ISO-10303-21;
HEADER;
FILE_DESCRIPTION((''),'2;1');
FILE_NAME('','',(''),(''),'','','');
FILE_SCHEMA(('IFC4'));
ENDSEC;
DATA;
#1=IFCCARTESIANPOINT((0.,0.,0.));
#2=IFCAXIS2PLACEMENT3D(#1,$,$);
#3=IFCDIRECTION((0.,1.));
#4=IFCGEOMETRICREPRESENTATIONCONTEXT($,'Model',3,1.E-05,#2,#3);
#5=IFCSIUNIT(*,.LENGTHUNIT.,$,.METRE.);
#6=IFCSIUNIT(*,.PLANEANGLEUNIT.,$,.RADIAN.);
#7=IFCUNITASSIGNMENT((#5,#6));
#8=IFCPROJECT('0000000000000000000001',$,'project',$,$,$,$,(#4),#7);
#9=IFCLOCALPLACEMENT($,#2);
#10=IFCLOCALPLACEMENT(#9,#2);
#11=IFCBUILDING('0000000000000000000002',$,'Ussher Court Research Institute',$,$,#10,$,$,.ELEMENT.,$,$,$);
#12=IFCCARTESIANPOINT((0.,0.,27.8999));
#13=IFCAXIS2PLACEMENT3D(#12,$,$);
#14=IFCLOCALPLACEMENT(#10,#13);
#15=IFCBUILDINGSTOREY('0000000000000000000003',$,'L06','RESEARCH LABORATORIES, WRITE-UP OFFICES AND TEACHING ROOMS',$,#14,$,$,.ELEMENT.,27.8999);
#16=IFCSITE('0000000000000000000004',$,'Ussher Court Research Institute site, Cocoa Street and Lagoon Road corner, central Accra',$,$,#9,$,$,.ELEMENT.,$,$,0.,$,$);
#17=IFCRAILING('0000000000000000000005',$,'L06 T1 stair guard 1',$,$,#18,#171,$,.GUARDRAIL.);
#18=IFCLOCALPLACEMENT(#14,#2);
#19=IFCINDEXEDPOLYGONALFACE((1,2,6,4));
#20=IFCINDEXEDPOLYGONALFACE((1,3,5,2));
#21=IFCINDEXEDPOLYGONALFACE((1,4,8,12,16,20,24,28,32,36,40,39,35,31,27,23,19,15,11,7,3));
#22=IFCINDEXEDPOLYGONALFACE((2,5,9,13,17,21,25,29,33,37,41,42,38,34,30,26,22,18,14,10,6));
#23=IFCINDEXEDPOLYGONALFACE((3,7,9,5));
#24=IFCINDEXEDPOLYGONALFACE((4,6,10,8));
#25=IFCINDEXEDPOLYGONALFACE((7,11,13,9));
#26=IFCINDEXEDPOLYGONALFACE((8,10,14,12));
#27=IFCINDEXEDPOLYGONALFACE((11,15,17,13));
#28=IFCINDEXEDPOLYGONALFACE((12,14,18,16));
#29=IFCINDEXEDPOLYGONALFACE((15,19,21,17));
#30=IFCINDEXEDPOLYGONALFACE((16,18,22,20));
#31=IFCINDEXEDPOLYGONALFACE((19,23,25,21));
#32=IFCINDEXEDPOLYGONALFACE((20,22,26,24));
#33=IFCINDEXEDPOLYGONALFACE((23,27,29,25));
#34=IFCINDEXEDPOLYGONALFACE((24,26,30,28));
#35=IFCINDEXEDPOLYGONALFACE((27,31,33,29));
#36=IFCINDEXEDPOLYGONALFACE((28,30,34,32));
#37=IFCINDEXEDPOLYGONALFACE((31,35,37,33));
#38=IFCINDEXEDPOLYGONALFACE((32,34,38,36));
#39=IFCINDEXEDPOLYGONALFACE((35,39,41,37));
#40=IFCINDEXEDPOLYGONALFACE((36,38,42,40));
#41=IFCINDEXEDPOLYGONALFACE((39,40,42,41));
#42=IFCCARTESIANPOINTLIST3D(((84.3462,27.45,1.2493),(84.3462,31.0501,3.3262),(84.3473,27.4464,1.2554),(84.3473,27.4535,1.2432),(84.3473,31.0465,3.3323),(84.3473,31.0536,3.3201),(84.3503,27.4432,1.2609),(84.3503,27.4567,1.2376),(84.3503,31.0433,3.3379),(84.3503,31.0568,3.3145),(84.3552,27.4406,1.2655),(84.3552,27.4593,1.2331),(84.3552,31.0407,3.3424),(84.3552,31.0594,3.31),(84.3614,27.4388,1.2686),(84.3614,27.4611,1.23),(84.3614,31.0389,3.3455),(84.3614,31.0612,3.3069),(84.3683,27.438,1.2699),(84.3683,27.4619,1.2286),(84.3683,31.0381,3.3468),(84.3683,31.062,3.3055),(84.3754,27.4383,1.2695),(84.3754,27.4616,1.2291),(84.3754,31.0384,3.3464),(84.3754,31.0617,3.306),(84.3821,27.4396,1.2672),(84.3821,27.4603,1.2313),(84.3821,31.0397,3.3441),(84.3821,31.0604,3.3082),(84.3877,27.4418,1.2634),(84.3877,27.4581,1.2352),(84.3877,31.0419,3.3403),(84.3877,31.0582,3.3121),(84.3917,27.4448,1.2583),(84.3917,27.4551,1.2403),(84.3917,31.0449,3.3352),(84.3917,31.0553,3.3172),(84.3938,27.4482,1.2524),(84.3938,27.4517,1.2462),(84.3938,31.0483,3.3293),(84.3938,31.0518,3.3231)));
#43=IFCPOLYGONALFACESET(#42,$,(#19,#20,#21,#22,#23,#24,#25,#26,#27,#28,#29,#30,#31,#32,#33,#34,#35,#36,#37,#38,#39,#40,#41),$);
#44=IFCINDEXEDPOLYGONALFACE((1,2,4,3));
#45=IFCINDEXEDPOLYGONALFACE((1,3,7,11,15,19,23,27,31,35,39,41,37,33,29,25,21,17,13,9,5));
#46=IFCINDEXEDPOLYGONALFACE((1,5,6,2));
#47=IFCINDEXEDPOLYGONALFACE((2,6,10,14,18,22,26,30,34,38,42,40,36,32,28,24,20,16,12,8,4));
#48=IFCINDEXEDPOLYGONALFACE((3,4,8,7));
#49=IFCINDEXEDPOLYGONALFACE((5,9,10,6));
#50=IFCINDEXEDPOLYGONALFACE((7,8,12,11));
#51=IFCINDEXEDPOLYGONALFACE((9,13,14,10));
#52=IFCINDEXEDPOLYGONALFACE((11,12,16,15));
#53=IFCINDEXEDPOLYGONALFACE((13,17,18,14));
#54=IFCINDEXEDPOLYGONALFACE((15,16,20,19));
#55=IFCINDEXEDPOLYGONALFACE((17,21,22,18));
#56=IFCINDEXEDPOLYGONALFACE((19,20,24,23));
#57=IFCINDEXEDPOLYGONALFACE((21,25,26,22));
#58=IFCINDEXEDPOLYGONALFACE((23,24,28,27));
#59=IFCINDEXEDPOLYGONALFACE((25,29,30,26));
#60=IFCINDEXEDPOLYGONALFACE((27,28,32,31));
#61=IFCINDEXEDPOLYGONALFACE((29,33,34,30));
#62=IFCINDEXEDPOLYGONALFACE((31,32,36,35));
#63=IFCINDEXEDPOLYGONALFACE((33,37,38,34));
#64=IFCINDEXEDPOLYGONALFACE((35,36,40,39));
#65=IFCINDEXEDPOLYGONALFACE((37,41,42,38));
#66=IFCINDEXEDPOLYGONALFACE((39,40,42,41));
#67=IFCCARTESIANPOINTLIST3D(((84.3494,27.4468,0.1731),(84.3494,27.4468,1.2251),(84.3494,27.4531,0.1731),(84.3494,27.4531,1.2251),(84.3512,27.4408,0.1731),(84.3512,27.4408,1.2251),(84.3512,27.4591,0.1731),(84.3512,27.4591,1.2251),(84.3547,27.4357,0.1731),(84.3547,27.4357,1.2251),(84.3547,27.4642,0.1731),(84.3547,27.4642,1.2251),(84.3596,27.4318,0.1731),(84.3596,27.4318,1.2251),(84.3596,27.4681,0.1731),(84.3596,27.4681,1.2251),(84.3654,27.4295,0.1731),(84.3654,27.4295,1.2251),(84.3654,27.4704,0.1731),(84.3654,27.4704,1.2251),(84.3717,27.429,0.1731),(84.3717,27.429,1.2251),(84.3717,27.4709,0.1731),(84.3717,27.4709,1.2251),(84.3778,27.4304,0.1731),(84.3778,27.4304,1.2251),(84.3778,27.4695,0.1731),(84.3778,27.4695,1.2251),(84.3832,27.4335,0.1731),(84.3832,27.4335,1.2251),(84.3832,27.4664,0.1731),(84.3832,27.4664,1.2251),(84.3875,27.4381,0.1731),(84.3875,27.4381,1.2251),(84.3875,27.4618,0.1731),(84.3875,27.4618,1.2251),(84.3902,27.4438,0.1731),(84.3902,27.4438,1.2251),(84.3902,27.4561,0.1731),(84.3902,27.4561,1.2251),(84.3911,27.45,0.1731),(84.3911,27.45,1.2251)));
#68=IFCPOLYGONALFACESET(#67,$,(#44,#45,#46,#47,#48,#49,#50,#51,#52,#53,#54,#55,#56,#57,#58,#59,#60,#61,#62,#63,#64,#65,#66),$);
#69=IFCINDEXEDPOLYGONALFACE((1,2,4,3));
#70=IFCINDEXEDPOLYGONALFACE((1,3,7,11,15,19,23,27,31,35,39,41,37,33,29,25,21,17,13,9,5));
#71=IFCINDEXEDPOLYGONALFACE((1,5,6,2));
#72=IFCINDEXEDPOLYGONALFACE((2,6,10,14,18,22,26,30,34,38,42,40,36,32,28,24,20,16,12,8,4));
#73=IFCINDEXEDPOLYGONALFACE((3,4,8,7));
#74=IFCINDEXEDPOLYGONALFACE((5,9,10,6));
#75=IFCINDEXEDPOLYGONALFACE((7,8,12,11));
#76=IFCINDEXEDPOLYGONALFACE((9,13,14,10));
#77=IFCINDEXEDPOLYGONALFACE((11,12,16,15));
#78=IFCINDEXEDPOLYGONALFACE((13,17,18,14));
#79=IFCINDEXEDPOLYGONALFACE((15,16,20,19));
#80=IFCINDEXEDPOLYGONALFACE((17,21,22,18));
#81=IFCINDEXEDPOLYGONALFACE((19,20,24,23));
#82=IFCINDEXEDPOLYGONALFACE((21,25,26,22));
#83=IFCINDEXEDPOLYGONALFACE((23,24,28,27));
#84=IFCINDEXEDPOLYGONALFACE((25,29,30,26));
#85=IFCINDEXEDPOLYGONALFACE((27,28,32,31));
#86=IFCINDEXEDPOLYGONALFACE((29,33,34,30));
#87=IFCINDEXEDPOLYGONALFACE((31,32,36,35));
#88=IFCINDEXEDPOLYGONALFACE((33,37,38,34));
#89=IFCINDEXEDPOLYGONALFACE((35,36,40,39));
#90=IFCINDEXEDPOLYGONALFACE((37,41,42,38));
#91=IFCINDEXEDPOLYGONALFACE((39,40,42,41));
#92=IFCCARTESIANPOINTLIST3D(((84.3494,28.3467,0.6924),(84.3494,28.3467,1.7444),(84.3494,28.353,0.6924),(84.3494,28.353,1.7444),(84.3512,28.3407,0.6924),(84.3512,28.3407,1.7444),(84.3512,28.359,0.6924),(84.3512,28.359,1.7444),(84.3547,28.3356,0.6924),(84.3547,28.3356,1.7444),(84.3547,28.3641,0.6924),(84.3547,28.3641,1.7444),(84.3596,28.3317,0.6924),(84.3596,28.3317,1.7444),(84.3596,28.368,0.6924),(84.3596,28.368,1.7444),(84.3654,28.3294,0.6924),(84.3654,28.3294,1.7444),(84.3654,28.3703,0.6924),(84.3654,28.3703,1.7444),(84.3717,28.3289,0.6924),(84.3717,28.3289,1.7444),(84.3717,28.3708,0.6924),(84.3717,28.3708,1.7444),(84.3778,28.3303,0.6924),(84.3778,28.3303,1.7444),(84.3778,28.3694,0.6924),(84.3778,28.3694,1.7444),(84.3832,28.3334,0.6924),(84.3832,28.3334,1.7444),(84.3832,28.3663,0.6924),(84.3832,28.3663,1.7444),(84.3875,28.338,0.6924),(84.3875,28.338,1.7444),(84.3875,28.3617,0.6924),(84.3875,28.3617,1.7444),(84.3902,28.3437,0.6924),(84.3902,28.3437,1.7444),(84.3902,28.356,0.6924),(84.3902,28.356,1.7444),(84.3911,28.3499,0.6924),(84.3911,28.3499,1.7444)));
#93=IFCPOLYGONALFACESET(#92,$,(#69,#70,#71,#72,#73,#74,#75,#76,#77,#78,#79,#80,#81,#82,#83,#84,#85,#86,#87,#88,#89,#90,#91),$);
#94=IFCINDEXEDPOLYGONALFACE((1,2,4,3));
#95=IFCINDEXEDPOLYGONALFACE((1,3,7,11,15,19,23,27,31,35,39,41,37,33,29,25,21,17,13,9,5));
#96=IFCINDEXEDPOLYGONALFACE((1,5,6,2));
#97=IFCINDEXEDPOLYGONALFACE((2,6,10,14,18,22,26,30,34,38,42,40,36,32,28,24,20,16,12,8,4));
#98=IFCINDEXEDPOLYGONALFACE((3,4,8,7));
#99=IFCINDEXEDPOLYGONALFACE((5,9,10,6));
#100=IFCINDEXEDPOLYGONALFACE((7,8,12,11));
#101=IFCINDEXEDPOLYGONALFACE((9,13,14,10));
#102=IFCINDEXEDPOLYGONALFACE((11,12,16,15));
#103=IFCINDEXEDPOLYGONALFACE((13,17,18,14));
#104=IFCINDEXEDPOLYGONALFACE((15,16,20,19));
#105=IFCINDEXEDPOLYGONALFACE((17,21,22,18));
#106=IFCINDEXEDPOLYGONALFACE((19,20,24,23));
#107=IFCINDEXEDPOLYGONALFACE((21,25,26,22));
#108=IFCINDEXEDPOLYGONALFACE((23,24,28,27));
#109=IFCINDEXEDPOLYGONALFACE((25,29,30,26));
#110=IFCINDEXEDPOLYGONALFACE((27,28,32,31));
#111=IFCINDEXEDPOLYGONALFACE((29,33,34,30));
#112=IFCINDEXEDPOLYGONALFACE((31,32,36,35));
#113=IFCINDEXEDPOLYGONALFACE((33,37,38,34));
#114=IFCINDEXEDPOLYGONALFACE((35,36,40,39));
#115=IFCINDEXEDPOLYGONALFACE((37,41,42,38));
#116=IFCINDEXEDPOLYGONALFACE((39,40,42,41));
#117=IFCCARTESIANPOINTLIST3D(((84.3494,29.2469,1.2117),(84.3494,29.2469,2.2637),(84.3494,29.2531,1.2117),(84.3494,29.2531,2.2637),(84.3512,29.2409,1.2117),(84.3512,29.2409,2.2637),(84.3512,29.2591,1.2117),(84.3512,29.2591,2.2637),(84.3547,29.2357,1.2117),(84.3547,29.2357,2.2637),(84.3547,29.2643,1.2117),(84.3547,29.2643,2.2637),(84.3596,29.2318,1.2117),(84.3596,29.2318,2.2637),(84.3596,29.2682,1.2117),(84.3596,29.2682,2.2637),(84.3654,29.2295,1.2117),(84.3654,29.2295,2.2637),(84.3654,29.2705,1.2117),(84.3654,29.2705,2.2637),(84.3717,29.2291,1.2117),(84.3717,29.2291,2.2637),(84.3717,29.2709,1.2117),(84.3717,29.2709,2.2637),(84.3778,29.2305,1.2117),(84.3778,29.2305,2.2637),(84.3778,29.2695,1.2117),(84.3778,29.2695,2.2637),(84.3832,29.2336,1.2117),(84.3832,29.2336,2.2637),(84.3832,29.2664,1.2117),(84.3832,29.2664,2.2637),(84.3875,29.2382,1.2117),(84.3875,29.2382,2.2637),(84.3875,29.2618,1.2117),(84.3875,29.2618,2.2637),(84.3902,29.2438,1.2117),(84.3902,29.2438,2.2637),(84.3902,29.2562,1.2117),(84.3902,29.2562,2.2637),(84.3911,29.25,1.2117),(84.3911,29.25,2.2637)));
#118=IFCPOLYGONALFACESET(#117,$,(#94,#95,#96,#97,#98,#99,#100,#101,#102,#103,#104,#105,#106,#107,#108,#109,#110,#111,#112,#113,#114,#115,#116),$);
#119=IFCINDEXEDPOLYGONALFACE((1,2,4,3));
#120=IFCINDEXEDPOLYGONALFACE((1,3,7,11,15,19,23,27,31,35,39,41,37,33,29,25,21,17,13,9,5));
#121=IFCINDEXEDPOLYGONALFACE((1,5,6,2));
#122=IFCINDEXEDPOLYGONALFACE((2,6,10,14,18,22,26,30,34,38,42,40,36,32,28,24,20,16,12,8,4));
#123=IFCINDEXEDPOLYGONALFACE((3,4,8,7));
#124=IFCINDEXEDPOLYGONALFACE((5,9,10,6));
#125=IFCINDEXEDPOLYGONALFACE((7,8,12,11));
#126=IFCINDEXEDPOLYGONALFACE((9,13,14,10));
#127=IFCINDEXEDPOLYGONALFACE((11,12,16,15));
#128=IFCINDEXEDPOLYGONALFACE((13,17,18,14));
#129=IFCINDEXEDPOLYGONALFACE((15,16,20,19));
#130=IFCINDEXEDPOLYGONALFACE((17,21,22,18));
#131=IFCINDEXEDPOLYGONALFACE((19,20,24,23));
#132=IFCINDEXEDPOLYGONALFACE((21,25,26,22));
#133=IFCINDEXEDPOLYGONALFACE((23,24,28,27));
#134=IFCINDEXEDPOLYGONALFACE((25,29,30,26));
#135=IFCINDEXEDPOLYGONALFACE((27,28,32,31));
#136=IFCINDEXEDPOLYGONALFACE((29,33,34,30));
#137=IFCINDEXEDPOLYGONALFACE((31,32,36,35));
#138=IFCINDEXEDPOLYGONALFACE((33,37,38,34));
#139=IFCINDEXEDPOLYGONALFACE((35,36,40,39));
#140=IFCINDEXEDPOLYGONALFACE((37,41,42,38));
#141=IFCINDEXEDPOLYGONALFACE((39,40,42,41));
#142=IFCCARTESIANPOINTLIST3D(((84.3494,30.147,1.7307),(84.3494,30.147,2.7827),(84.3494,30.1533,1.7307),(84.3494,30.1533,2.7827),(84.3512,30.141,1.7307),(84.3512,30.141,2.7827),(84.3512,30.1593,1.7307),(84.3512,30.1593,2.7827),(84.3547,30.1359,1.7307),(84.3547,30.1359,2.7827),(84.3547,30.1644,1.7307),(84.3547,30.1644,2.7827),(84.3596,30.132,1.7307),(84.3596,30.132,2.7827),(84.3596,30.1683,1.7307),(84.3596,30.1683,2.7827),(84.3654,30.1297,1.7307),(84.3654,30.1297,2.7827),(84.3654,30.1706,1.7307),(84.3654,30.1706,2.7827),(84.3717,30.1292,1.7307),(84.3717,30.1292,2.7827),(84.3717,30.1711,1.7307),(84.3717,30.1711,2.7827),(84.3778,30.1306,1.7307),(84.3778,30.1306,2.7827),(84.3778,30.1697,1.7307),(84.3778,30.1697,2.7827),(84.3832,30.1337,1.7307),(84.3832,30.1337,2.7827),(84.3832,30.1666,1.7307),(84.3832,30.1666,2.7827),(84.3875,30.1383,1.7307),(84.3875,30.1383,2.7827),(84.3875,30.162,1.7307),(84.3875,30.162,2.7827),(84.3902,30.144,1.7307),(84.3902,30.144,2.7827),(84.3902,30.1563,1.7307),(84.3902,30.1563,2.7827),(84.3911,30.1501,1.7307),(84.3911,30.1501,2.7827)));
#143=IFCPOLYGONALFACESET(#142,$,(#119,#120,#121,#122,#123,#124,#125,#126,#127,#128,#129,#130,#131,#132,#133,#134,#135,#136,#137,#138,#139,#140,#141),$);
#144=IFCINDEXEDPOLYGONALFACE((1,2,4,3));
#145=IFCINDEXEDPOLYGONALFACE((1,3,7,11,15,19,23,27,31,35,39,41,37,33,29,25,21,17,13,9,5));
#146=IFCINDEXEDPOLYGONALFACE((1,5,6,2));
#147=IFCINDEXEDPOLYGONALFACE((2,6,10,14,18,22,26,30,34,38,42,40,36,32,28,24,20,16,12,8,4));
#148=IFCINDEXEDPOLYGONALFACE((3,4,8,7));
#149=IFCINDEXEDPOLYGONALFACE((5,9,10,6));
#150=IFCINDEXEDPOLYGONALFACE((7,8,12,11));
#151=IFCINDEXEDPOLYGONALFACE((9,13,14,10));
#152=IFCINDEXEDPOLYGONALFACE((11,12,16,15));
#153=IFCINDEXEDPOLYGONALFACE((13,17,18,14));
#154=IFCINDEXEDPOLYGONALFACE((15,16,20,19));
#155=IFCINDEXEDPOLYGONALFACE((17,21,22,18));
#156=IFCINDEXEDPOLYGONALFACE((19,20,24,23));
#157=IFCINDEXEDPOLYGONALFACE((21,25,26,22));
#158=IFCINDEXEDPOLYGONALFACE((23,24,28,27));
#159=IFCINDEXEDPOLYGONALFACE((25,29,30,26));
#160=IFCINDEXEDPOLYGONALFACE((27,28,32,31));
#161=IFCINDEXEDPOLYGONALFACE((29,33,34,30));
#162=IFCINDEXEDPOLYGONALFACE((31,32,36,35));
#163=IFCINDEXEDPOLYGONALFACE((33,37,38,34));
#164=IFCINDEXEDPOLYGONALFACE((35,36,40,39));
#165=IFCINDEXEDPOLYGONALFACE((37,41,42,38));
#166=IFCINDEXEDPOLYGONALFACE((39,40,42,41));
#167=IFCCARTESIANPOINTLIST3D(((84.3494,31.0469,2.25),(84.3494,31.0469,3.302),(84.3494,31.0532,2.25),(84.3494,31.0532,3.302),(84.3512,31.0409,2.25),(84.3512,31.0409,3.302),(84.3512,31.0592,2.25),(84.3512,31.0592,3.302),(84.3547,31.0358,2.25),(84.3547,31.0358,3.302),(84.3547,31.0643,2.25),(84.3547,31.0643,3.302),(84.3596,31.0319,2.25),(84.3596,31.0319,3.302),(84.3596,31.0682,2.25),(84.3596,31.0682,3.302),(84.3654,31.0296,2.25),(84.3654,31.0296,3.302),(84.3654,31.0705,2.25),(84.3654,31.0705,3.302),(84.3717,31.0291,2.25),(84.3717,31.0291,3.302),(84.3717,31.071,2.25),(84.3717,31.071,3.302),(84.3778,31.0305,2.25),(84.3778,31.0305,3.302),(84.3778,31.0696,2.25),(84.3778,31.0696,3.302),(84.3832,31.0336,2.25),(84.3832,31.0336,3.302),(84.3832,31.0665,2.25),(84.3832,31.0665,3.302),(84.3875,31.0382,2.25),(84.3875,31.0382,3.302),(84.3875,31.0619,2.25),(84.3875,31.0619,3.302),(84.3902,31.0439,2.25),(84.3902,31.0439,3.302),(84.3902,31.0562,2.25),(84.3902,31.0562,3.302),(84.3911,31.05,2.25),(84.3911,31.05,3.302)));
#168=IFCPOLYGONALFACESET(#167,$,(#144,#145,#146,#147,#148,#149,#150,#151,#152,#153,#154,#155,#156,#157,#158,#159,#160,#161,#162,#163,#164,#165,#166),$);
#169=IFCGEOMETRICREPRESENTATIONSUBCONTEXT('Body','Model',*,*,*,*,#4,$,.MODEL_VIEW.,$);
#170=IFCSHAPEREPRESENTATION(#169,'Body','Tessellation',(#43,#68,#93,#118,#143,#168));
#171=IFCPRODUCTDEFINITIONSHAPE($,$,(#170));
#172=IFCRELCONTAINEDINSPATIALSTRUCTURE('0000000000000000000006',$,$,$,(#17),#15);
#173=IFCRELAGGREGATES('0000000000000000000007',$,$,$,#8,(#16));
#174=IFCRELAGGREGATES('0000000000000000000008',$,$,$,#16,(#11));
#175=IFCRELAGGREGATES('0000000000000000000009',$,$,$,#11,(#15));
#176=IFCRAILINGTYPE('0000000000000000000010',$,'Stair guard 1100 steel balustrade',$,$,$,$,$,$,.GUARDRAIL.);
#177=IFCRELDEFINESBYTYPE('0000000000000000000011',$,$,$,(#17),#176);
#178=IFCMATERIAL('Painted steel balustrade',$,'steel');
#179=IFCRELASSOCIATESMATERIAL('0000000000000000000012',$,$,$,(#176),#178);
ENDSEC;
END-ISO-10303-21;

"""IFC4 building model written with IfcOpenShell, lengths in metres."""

from ifc_helpers import new_model, si_unit, direction, frame, origin, origin_2d, place, context, subcontext, project, spatial, circle, extrude, material, type_object, element, save


model = new_model("IFC4")

# Units and contexts
model_context = context("Model", 3, precision=1e-05, world=origin(), true_north=direction((0.0, 1.0)))
body_context = subcontext(model_context, "Body", "Model", "MODEL_VIEW")
ifc_project = project(units=[si_unit("LENGTHUNIT", "METRE"), si_unit("PLANEANGLEUNIT", "RADIAN")], contexts=[model_context])

# Site, building, storey
site_placement = place(None, origin())
site = spatial("IfcSite", under=ifc_project, at=site_placement, Name="Ussher Court Research Institute site, Cocoa Street and Lagoon Road corner, central Accra", CompositionType="ELEMENT", RefElevation=0.0)
building_placement = place(site_placement, origin())
building = spatial("IfcBuilding", under=site, at=building_placement, Name="Ussher Court Research Institute", CompositionType="ELEMENT")
storey_placement = place(building_placement, frame((0.0, 0.0, 27.8999)))
storey = spatial("IfcBuildingStorey", under=building, at=storey_placement, Name="L06", Description="RESEARCH LABORATORIES, WRITE-UP OFFICES AND TEACHING ROOMS", CompositionType="ELEMENT", Elevation=27.8999)

# Railing
ifc_material_1 = material(Name="Painted steel balustrade", Category="steel")
railing_type = type_object("IfcRailingType", Name="Stair guard 1100 steel balustrade", PredefinedType="GUARDRAIL", material=ifc_material_1)
railing_1_placement = place(storey_placement, frame((84.3701, 27.45, 0.1731)))
element("IfcRailing", 1, at=railing_1_placement, inside=storey, type_object=railing_type, Name="L06 T1 stair guard 1", PredefinedType="GUARDRAIL", context=body_context, shape_type="SweptSolid", body=[
    extrude(circle(Radius=0.0239, at=origin_2d()), frame((0.0, 0.0, 1.0762), z_axis=(0.0, 0.866193, 0.499709), x_axis=(-1.0, 0.0, 0.0)), (0.0, 0.0, 1.0), 4.1562),
    extrude(circle(Radius=0.021, at=origin_2d()), origin(), (0.0, 0.0, 1.0), 1.052),
    extrude(circle(Radius=0.021, at=origin_2d()), frame((0.0, 0.8999, 0.5193)), (0.0, 0.0, 1.0), 1.052),
    extrude(circle(Radius=0.021, at=origin_2d()), frame((0.0, 1.8, 1.0386)), (0.0, 0.0, 1.0), 1.052),
    extrude(circle(Radius=0.021, at=origin_2d()), frame((0.0, 2.7002, 1.5576)), (0.0, 0.0, 1.0), 1.052),
    extrude(circle(Radius=0.021, at=origin_2d()), frame((0.0, 3.6001, 2.0769)), (0.0, 0.0, 1.0), 1.052),
])

save(model, "model.ifc")
